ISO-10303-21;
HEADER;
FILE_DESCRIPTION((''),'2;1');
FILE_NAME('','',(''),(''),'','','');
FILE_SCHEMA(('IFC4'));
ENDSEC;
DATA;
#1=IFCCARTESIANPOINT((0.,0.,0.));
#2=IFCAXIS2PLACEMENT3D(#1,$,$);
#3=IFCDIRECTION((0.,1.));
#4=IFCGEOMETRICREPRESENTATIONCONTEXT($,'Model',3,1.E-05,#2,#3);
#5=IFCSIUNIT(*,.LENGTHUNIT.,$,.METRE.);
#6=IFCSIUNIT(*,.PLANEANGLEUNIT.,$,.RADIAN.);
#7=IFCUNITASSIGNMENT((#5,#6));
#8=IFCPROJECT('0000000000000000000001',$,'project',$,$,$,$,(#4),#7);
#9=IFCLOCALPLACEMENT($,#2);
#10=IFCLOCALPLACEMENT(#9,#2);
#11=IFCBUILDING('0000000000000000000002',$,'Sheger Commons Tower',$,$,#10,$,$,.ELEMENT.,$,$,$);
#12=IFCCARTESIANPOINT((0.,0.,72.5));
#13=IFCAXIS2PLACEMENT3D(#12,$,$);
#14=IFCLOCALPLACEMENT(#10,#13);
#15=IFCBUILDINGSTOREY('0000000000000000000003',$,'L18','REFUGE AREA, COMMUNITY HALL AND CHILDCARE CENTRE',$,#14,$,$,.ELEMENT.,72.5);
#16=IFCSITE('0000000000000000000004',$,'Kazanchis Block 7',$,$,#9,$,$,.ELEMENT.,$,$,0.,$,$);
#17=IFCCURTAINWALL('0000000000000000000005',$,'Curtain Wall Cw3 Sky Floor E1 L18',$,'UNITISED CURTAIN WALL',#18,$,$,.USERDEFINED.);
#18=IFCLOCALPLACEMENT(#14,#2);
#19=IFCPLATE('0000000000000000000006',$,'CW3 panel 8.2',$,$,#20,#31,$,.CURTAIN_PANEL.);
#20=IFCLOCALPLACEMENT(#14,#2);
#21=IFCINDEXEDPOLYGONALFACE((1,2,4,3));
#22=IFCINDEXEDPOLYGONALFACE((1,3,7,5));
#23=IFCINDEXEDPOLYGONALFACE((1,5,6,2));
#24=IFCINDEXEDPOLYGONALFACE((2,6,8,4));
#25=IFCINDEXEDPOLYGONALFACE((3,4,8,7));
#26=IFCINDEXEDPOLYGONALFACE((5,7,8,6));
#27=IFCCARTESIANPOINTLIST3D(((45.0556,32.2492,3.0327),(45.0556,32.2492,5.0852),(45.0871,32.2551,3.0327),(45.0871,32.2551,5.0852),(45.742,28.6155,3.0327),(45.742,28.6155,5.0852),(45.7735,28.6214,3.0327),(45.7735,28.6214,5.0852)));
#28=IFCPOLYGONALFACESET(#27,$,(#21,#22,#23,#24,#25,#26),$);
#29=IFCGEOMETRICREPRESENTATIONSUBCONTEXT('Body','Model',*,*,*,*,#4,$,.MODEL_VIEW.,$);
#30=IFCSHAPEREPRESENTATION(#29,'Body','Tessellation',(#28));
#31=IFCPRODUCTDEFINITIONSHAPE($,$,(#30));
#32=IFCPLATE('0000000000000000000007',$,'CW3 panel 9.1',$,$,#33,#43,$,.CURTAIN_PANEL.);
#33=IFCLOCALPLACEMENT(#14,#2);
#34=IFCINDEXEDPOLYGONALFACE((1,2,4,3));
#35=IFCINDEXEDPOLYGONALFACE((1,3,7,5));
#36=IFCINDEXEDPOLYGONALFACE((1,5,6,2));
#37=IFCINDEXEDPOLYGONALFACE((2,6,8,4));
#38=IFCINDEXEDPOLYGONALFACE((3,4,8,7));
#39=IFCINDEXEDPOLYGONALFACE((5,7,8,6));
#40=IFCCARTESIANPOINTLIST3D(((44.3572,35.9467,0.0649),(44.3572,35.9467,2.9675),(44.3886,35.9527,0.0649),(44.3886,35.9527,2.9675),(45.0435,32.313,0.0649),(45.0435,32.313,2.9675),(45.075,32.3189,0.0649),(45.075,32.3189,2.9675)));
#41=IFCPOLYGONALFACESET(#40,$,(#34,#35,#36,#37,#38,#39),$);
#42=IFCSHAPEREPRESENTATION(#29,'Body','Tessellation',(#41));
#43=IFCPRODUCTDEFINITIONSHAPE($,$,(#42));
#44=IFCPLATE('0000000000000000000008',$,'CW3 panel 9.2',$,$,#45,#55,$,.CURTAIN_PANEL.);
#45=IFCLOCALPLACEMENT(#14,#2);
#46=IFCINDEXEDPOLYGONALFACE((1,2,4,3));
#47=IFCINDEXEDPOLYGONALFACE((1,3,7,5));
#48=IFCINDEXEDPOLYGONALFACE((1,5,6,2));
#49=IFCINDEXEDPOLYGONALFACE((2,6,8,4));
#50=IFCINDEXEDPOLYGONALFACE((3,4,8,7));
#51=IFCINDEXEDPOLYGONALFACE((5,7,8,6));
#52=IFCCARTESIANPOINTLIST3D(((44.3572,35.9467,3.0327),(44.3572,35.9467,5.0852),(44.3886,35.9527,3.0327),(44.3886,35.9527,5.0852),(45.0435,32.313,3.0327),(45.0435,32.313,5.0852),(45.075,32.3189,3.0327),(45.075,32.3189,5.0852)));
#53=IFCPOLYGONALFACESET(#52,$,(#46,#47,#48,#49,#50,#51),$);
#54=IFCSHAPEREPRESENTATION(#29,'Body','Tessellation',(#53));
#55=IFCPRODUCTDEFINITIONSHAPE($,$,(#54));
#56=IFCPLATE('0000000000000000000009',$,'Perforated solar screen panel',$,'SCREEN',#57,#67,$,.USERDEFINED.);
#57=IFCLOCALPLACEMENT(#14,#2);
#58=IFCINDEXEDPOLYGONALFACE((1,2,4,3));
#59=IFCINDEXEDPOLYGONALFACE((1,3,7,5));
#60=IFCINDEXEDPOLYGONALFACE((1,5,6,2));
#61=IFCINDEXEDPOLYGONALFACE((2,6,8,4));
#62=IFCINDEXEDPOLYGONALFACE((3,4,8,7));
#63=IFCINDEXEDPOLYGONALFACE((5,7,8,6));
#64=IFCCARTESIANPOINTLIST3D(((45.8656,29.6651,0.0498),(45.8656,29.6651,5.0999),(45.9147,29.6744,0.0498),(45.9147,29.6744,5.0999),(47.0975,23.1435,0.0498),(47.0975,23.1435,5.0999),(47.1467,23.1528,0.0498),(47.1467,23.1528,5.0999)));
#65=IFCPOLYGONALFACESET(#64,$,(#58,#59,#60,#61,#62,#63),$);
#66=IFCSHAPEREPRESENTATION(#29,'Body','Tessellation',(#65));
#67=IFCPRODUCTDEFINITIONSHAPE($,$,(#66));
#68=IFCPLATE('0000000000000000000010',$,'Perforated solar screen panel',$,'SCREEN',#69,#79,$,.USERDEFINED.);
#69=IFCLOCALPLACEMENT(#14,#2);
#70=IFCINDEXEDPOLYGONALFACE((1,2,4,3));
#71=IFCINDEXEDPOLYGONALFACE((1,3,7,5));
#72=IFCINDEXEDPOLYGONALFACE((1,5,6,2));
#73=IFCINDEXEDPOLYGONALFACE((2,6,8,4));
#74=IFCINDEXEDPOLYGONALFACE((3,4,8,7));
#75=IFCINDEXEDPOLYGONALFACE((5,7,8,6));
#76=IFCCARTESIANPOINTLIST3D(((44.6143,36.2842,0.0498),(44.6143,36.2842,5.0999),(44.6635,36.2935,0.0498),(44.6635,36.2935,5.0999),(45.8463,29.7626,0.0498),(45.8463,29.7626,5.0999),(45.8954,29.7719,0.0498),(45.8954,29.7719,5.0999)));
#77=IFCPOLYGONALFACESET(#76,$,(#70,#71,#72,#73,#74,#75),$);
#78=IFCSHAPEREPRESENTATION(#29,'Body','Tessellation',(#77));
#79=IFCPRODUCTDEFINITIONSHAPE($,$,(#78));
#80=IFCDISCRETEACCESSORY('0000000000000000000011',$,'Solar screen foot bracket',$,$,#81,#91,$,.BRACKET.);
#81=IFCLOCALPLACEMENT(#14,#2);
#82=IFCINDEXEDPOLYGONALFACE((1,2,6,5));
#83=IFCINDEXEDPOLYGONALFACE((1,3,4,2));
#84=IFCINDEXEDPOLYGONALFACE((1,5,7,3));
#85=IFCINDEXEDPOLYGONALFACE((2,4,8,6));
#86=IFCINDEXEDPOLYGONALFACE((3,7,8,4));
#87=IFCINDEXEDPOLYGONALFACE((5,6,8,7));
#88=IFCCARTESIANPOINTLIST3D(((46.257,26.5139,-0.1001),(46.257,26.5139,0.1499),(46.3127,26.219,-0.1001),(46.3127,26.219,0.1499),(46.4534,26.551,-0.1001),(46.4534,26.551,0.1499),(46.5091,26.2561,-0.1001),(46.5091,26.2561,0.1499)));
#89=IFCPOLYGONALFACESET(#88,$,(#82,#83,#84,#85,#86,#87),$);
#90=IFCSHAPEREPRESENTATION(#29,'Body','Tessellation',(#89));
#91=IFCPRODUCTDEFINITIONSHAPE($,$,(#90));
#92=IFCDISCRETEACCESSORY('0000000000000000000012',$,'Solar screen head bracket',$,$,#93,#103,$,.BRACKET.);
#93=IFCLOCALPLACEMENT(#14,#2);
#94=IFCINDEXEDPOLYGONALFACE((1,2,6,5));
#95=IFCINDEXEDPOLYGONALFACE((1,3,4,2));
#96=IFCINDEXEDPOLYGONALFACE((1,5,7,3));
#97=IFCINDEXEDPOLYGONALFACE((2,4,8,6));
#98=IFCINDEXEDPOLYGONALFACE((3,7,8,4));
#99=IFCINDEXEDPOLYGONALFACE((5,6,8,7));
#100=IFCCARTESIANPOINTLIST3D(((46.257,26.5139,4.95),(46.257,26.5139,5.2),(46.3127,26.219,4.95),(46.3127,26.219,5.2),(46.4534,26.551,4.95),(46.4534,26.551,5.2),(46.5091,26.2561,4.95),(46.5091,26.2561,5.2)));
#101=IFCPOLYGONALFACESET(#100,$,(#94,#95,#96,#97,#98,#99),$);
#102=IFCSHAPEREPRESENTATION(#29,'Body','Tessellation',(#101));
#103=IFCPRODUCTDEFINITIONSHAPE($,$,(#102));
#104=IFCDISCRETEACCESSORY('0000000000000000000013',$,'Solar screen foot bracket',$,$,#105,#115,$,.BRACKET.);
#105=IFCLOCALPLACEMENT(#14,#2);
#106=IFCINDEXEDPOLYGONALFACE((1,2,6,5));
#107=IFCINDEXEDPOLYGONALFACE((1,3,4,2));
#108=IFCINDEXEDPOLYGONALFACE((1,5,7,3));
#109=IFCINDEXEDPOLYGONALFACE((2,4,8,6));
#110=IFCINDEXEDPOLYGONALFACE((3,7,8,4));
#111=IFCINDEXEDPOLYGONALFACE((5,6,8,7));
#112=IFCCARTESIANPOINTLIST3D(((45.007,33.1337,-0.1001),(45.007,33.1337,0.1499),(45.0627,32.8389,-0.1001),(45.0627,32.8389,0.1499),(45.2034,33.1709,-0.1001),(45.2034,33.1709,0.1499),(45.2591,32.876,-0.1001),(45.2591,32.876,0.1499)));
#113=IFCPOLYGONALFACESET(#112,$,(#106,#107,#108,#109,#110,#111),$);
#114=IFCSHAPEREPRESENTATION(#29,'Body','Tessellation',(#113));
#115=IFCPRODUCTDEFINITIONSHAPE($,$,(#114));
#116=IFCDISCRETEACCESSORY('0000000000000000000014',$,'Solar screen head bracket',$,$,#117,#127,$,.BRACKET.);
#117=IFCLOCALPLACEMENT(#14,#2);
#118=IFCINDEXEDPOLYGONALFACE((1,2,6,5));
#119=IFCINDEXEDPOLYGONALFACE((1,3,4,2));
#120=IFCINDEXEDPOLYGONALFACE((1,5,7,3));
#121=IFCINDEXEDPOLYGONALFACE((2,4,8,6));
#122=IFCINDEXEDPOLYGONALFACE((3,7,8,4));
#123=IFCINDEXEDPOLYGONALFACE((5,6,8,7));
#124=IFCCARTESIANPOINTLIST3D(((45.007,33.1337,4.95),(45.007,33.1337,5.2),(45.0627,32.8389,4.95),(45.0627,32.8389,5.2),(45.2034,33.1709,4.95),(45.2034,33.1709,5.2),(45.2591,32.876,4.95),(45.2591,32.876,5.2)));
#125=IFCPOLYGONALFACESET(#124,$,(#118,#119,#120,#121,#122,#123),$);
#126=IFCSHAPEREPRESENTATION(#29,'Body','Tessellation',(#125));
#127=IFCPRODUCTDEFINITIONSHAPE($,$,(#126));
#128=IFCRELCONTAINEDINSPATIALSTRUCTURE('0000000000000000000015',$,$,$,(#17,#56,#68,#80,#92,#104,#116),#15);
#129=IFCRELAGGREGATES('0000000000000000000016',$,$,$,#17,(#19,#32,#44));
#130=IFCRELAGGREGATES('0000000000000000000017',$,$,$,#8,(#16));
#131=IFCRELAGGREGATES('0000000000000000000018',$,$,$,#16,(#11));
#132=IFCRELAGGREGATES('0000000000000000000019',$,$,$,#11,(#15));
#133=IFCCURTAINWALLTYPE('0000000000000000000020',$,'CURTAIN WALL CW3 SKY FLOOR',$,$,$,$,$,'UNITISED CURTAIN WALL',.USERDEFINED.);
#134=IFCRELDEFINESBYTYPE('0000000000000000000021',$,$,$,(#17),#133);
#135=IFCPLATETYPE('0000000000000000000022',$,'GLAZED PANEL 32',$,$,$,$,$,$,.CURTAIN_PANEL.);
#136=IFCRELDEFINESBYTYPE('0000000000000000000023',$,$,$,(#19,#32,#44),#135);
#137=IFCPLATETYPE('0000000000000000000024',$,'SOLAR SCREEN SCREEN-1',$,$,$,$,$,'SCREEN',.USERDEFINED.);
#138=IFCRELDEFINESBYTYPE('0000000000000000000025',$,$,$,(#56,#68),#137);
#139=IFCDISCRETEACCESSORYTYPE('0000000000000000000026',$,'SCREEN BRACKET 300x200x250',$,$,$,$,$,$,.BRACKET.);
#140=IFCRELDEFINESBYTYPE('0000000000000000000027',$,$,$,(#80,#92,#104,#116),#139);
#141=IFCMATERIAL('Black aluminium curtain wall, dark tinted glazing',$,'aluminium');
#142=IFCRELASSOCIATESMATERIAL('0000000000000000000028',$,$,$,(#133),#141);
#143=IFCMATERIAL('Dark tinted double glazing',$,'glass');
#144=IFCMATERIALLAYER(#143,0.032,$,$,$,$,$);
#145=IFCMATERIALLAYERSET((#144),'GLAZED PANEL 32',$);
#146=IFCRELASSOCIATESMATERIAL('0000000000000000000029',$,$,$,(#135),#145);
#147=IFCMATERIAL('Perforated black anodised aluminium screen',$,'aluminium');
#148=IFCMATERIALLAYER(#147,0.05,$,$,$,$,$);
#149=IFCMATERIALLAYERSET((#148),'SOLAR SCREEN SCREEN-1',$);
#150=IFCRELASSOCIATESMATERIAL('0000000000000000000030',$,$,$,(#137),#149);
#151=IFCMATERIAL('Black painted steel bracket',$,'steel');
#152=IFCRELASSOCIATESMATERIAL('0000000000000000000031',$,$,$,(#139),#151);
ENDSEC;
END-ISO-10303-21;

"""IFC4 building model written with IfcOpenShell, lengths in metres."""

from ifc_helpers import new_model, si_unit, direction, frame, origin, origin_2d, place, context, subcontext, project, spatial, rectangle, extrude, material, layer, layer_set, type_object, element, aggregate, save


model = new_model("IFC4")

# Units and contexts
model_context = context("Model", 3, precision=1e-05, world=origin(), true_north=direction((0.0, 1.0)))
body_context = subcontext(model_context, "Body", "Model", "MODEL_VIEW")
ifc_project = project(units=[si_unit("LENGTHUNIT", "METRE"), si_unit("PLANEANGLEUNIT", "RADIAN")], contexts=[model_context])

# Site, building, storey
site_placement = place(None, origin())
site = spatial("IfcSite", under=ifc_project, at=site_placement, Name="Kazanchis Block 7", CompositionType="ELEMENT", RefElevation=0.0)
building_placement = place(site_placement, origin())
building = spatial("IfcBuilding", under=site, at=building_placement, Name="Sheger Commons Tower", CompositionType="ELEMENT")
storey_placement = place(building_placement, frame((0.0, 0.0, 72.5)))
storey = spatial("IfcBuildingStorey", under=building, at=storey_placement, Name="L18", Description="REFUGE AREA, COMMUNITY HALL AND CHILDCARE CENTRE", CompositionType="ELEMENT", Elevation=72.5)

# Curtain wall, plates
ifc_material_1 = material(Name="Black aluminium curtain wall, dark tinted glazing", Category="aluminium")
curtain_wall_type = type_object("IfcCurtainWallType", Name="CURTAIN WALL CW3 SKY FLOOR", ElementType="UNITISED CURTAIN WALL", PredefinedType="USERDEFINED", material=ifc_material_1)
curtain_wall_placement = place(storey_placement, origin())
curtain_wall = element("IfcCurtainWall", 1, at=curtain_wall_placement, inside=storey, type_object=curtain_wall_type, Name="Curtain Wall Cw3 Sky Floor E1 L18", ObjectType="UNITISED CURTAIN WALL", PredefinedType="USERDEFINED")
ifc_material_2 = material(Name="Dark tinted double glazing", Category="glass")
ifc_layer_1 = layer(ifc_material_2, 0.032)
ifc_layer_set_1 = layer_set([ifc_layer_1], Name="GLAZED PANEL 32")
plate_type_1 = type_object("IfcPlateType", Name="GLAZED PANEL 32", PredefinedType="CURTAIN_PANEL", material=ifc_layer_set_1)
plate_1_placement = place(storey_placement, frame((45.4146, 30.4353, 3.0327), z_axis=(0.0, 0.0, 1.0), x_axis=(-0.18561, 0.982624, 0.0)))
plate_1 = element("IfcPlate", 2, at=plate_1_placement, type_object=plate_type_1, Name="CW3 panel 8.2", PredefinedType="CURTAIN_PANEL", context=body_context, shape_type="SweptSolid", body=[
    extrude(rectangle(XDim=3.698, YDim=0.032, at=origin_2d()), origin(), (0.0, 0.0, 1.0), 2.0525),
])
plate_2_placement = place(storey_placement, frame((44.7161, 34.1328, 0.0649), z_axis=(0.0, 0.0, 1.0), x_axis=(-0.18561, 0.982624, 0.0)))
plate_2 = element("IfcPlate", 3, at=plate_2_placement, type_object=plate_type_1, Name="CW3 panel 9.1", PredefinedType="CURTAIN_PANEL", context=body_context, shape_type="SweptSolid", body=[
    extrude(rectangle(XDim=3.698, YDim=0.032, at=origin_2d()), origin(), (0.0, 0.0, 1.0), 2.9026),
])
plate_3_placement = place(storey_placement, frame((44.7161, 34.1328, 3.0327), z_axis=(0.0, 0.0, 1.0), x_axis=(-0.18561, 0.982624, 0.0)))
plate_3 = element("IfcPlate", 4, at=plate_3_placement, type_object=plate_type_1, Name="CW3 panel 9.2", PredefinedType="CURTAIN_PANEL", context=body_context, shape_type="SweptSolid", body=[
    extrude(rectangle(XDim=3.698, YDim=0.032, at=origin_2d()), origin(), (0.0, 0.0, 1.0), 2.0525),
])
aggregate(curtain_wall, [plate_1, plate_2, plate_3])

# Plates
ifc_material_3 = material(Name="Perforated black anodised aluminium screen", Category="aluminium")
ifc_layer_2 = layer(ifc_material_3, 0.05)
ifc_layer_set_2 = layer_set([ifc_layer_2], Name="SOLAR SCREEN SCREEN-1")
plate_type_2 = type_object("IfcPlateType", Name="SOLAR SCREEN SCREEN-1", ElementType="SCREEN", PredefinedType="USERDEFINED", material=ifc_layer_set_2)
for number, where, z_axis, x_axis, name in (
    (5, (46.5061, 26.4089, 0.0498), (0.0, 0.0, 1.0), (-0.185615, 0.982623, 0.0), "Perforated solar screen panel"),
    (6, (45.2549, 33.0281, 0.0498), (0.0, 0.0, 1.0), (-0.185615, 0.982623, 0.0), "Perforated solar screen panel"),
):
    element("IfcPlate", number, at=place(storey_placement, frame(where, z_axis=z_axis, x_axis=x_axis)), inside=storey, type_object=plate_type_2, Name=name, ObjectType="SCREEN", PredefinedType="USERDEFINED", context=body_context, shape_type="SweptSolid", body=[
        extrude(rectangle(XDim=6.637, YDim=0.05, at=origin_2d()), origin(), (0.0, 0.0, 1.0), 5.05),
    ])

# Discrete accessories
ifc_material_4 = material(Name="Black painted steel bracket", Category="steel")
discrete_accessory_type = type_object("IfcDiscreteAccessoryType", Name="SCREEN BRACKET 300x200x250", PredefinedType="BRACKET", material=ifc_material_4)
for number, where, z_axis, x_axis, name in (
    (7, (46.3831, 26.385, -0.1001), (0.0, 0.0, 1.0), (-0.185615, 0.982623, 0.0), "Solar screen foot bracket"),
    (8, (46.3831, 26.385, 4.95), (0.0, 0.0, 1.0), (-0.185615, 0.982623, 0.0), "Solar screen head bracket"),
    (9, (45.1331, 33.0049, -0.1001), (0.0, 0.0, 1.0), (-0.185615, 0.982623, 0.0), "Solar screen foot bracket"),
    (10, (45.1331, 33.0049, 4.95), (0.0, 0.0, 1.0), (-0.185615, 0.982623, 0.0), "Solar screen head bracket"),
):
    element("IfcDiscreteAccessory", number, at=place(storey_placement, frame(where, z_axis=z_axis, x_axis=x_axis)), inside=storey, type_object=discrete_accessory_type, Name=name, PredefinedType="BRACKET", context=body_context, shape_type="SweptSolid", body=[
        extrude(rectangle(XDim=0.3, YDim=0.2, at=origin_2d()), origin(), (0.0, 0.0, 1.0), 0.25),
    ])

save(model, "model.ifc")
